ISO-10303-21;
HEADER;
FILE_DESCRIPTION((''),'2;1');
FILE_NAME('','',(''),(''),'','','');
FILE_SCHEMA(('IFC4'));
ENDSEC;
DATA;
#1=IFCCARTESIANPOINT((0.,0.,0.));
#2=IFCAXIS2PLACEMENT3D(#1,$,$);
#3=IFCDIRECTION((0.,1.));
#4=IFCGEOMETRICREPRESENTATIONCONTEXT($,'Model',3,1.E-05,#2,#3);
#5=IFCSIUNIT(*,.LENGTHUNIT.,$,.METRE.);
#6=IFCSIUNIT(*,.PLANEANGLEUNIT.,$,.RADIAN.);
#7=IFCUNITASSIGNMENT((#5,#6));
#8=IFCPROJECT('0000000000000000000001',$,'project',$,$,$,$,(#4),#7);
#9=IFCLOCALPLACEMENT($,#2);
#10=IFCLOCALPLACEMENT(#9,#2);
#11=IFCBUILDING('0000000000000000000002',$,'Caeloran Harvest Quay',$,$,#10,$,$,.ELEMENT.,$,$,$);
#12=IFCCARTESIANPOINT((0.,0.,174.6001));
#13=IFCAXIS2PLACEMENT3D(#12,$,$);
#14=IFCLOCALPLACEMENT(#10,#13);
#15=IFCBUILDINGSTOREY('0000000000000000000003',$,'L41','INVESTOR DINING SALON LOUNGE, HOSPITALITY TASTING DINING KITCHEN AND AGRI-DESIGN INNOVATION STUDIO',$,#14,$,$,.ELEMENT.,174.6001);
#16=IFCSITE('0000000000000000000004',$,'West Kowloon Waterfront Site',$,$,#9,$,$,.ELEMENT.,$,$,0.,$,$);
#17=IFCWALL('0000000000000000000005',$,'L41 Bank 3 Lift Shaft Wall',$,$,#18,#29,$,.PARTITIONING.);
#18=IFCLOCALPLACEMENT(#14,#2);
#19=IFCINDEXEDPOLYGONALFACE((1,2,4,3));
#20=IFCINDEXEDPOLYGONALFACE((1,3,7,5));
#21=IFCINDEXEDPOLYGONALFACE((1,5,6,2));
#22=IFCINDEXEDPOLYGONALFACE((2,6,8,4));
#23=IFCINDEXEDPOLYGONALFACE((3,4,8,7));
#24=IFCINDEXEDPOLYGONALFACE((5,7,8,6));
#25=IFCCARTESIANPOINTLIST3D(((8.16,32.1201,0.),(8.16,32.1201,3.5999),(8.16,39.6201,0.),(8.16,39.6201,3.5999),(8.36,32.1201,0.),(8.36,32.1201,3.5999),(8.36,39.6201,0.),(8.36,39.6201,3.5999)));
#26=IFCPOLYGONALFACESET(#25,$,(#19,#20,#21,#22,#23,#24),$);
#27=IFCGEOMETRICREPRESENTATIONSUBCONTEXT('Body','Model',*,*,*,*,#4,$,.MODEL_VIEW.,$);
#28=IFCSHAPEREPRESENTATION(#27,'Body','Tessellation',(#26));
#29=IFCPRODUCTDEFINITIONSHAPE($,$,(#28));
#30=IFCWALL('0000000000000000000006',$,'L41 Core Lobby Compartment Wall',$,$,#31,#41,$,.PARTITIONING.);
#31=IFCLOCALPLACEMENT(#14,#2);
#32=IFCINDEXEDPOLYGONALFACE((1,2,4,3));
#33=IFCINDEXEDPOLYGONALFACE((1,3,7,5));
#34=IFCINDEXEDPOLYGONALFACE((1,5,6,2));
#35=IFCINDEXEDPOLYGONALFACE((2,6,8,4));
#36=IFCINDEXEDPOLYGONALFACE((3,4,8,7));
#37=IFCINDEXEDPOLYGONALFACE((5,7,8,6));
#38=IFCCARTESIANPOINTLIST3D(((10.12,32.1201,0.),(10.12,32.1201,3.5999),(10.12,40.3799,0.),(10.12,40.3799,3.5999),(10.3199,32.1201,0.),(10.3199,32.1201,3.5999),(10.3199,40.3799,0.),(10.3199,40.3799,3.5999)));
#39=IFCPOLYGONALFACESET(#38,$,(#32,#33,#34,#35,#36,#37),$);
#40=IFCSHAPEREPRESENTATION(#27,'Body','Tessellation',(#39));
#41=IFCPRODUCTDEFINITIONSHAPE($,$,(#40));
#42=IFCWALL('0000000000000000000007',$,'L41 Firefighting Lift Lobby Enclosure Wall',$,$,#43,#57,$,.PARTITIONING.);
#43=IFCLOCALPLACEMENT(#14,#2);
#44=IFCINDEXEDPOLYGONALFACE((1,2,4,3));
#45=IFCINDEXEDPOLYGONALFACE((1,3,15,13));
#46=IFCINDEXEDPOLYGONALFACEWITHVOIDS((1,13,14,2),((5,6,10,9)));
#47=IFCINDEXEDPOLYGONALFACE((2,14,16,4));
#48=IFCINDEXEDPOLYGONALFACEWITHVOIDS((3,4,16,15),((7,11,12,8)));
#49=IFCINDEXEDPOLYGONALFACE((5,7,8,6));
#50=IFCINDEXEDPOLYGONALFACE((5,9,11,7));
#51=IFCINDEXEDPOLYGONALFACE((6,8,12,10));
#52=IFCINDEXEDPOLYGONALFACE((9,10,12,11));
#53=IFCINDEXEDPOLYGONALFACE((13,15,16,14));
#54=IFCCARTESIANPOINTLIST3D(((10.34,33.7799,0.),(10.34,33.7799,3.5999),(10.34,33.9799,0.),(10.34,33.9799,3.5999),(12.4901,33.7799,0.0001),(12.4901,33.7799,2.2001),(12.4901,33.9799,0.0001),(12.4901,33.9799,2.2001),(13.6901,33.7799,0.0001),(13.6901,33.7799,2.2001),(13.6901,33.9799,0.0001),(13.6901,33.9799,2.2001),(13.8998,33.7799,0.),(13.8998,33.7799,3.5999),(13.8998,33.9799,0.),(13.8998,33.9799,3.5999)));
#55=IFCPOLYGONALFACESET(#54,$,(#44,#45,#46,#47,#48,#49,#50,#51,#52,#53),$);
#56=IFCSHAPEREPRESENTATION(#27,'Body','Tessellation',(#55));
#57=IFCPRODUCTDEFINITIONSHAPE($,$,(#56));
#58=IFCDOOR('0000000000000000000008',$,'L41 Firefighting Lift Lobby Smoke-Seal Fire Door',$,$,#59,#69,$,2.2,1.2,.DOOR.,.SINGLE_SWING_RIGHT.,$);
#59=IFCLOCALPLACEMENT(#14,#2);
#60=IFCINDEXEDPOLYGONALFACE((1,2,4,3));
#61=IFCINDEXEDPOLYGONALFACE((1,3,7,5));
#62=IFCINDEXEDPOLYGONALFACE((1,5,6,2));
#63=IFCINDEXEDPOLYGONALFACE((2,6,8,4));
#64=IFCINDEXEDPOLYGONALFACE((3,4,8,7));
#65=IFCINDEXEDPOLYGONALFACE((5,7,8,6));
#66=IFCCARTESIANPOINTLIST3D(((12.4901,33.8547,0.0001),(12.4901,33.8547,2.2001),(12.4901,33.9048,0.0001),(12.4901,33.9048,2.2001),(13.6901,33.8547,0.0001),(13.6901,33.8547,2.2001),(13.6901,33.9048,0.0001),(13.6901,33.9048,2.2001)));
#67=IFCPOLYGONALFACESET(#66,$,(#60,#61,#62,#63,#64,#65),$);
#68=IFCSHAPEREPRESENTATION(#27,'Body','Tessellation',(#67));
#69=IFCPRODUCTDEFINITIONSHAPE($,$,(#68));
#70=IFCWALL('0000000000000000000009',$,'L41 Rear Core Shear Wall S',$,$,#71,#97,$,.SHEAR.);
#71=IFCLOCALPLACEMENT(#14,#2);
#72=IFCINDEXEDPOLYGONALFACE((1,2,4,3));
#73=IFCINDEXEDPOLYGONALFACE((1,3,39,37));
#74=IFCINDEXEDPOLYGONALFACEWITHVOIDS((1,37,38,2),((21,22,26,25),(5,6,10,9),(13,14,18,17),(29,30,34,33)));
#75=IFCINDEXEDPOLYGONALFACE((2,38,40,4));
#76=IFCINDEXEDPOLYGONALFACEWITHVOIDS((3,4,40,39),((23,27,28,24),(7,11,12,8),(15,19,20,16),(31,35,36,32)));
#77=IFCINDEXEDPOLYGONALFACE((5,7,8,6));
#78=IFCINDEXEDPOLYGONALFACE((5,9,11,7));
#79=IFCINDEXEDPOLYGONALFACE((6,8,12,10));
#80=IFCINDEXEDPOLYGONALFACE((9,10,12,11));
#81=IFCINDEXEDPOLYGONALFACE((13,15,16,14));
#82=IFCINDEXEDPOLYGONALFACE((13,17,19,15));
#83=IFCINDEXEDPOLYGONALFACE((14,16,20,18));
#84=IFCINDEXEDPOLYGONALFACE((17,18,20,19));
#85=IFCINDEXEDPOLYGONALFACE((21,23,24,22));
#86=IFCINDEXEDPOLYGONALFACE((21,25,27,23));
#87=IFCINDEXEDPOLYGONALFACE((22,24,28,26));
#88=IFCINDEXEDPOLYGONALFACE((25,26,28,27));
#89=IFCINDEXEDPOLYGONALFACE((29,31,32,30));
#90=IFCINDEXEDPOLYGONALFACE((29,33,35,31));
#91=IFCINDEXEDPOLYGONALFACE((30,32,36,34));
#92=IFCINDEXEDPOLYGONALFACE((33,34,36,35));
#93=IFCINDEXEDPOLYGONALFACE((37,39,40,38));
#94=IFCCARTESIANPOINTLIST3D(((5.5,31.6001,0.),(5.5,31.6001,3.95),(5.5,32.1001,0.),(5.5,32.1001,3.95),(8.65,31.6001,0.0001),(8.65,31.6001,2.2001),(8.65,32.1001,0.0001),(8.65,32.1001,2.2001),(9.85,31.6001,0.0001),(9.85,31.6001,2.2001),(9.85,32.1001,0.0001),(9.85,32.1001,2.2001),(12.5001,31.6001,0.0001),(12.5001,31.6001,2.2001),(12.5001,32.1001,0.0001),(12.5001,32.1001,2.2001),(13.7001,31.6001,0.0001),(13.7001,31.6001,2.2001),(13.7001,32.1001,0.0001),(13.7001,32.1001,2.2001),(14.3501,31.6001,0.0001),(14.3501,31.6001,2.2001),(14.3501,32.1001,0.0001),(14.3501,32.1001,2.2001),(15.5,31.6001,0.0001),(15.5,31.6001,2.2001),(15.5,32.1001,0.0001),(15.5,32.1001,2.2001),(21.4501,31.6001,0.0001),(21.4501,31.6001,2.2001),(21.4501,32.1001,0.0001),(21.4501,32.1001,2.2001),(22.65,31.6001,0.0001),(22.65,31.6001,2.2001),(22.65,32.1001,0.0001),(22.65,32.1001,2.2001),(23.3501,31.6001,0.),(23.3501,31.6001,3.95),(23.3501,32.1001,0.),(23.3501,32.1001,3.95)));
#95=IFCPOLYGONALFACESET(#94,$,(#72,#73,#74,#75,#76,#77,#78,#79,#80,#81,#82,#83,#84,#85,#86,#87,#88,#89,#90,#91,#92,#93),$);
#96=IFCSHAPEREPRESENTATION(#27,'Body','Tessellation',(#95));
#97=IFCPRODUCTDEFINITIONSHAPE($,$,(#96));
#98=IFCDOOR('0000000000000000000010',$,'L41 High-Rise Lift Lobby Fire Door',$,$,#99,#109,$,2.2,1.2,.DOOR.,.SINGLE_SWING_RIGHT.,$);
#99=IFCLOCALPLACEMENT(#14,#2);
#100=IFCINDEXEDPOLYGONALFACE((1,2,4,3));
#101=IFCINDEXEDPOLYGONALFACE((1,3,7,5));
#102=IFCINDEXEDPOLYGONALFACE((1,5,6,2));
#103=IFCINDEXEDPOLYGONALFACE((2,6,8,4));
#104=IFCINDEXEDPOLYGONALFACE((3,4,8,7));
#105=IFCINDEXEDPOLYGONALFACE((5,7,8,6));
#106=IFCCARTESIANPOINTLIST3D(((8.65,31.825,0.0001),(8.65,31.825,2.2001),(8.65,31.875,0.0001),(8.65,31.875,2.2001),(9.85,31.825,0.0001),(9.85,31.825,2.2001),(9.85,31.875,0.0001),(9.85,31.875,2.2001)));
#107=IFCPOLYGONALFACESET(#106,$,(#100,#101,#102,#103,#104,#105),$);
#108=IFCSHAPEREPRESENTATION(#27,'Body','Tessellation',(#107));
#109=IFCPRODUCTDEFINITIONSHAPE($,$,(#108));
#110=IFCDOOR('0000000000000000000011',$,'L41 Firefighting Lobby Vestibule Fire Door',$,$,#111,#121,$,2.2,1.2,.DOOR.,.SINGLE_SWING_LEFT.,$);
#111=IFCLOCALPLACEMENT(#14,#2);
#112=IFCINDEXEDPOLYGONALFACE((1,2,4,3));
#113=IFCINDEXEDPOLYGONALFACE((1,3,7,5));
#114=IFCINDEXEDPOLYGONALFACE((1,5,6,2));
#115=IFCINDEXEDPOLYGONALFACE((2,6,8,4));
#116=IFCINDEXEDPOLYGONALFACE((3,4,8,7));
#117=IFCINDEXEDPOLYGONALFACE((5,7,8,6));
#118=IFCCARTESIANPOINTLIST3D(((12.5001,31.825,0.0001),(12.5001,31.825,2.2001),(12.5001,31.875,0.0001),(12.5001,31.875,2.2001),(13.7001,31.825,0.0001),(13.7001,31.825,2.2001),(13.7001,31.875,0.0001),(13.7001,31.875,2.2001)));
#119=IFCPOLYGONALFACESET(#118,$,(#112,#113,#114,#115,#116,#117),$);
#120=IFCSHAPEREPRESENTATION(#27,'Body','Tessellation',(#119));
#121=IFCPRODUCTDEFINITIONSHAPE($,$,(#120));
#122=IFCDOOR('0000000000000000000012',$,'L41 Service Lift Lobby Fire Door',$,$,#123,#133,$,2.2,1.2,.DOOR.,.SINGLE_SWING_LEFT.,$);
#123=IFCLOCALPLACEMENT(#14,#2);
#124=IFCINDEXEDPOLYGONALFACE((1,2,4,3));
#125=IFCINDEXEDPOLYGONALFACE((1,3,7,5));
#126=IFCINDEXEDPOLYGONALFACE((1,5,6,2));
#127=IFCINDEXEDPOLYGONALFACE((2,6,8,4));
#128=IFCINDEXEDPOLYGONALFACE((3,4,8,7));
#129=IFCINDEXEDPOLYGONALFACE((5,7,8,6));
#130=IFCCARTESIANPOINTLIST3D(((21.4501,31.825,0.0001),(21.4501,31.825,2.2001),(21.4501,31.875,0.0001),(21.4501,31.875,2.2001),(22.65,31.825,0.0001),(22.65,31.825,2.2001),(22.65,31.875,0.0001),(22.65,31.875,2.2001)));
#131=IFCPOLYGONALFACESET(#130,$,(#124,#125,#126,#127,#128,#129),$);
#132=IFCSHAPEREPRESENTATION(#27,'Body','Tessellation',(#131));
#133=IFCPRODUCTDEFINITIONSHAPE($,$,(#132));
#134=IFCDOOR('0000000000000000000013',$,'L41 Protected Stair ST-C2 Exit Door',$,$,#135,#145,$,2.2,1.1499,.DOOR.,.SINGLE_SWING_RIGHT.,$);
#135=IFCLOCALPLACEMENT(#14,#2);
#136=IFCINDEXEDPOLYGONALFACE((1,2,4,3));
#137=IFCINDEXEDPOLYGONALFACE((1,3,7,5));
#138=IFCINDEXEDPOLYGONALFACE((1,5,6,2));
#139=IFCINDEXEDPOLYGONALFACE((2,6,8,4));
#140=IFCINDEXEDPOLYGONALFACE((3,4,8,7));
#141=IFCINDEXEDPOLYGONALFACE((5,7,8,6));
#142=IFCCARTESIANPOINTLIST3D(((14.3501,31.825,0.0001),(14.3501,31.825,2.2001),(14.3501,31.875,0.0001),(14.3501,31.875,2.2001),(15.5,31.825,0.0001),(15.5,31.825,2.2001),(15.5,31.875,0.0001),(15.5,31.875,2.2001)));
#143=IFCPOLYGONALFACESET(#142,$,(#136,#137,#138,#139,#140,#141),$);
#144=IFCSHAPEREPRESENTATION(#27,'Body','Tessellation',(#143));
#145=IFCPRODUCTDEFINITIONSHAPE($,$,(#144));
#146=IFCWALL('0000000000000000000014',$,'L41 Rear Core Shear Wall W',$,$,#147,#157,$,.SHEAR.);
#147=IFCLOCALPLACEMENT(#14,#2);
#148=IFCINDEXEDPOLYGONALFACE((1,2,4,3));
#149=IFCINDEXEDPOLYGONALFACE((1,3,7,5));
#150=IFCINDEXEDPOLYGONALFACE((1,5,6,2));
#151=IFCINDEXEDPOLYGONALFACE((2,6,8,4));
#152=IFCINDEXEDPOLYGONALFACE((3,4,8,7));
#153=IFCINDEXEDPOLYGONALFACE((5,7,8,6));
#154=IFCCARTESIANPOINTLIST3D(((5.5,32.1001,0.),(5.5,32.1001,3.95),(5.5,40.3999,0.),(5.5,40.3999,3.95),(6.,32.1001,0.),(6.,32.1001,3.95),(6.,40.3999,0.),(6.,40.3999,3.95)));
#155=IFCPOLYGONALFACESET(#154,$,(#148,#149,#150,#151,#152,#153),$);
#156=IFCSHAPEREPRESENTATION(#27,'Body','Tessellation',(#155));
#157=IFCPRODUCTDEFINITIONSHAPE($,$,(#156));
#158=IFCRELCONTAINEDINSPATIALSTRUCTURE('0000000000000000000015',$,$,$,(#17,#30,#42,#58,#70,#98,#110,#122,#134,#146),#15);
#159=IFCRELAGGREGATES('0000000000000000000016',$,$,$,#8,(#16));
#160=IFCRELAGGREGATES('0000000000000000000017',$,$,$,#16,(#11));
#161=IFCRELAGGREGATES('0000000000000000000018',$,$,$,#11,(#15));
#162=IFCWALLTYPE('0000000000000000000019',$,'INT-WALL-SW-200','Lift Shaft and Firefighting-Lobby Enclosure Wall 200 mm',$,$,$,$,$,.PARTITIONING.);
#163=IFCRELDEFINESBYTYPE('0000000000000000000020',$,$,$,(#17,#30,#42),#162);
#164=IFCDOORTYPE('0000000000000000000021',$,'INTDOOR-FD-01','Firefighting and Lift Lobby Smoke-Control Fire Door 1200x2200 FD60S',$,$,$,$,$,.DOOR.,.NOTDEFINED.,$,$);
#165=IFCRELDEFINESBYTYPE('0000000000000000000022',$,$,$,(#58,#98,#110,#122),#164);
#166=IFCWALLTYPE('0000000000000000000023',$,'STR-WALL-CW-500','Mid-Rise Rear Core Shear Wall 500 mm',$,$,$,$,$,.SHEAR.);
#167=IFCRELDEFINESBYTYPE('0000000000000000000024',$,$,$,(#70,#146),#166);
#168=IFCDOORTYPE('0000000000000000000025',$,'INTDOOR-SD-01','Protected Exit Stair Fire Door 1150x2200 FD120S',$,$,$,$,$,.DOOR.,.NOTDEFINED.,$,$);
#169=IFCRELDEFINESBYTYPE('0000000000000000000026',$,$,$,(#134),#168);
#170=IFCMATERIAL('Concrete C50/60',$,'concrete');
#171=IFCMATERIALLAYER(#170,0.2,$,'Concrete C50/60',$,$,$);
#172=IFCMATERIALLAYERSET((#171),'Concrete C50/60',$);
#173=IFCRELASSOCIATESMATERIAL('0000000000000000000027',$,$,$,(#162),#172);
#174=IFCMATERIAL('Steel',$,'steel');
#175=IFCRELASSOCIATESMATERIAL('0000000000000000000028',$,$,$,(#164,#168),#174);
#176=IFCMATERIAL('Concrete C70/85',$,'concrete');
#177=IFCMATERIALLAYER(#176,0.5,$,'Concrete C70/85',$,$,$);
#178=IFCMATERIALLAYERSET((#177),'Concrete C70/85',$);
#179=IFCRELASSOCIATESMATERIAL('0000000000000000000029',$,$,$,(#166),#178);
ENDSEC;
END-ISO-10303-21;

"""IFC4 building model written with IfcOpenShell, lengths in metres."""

from ifc_helpers import new_model, si_unit, direction, frame, frame_2d, origin, place, context, subcontext, project, spatial, rectangle, extrude, material, layer, layer_set, type_object, element, fill, save


model = new_model("IFC4")

# Units and contexts
model_context = context("Model", 3, precision=1e-05, world=origin(), true_north=direction((0.0, 1.0)))
body_context = subcontext(model_context, "Body", "Model", "MODEL_VIEW")
ifc_project = project(units=[si_unit("LENGTHUNIT", "METRE"), si_unit("PLANEANGLEUNIT", "RADIAN")], contexts=[model_context])

# Site, building, storey
site_placement = place(None, origin())
site = spatial("IfcSite", under=ifc_project, at=site_placement, Name="West Kowloon Waterfront Site", CompositionType="ELEMENT", RefElevation=0.0)
building_placement = place(site_placement, origin())
building = spatial("IfcBuilding", under=site, at=building_placement, Name="Caeloran Harvest Quay", CompositionType="ELEMENT")
storey_placement = place(building_placement, frame((0.0, 0.0, 174.6001)))
storey = spatial("IfcBuildingStorey", under=building, at=storey_placement, Name="L41", Description="INVESTOR DINING SALON LOUNGE, HOSPITALITY TASTING DINING KITCHEN AND AGRI-DESIGN INNOVATION STUDIO", CompositionType="ELEMENT", Elevation=174.6001)

# Shared definitions
ifc_material_1 = material(Name="Concrete C70/85", Category="concrete")

# Walls
ifc_material_2 = material(Name="Concrete C50/60", Category="concrete")
ifc_layer_1 = layer(ifc_material_2, 0.2, Name="Concrete C50/60")
ifc_layer_set_1 = layer_set([ifc_layer_1], Name="Concrete C50/60")
wall_type_1 = type_object("IfcWallType", Name="INT-WALL-SW-200", Description="Lift Shaft and Firefighting-Lobby Enclosure Wall 200 mm", PredefinedType="PARTITIONING", material=ifc_layer_set_1)
wall_1_placement = place(storey_placement, frame((8.26, 32.1201, 0.0), z_axis=(0.0, 0.0, 1.0), x_axis=(0.0, 1.0, 0.0)))
element("IfcWall", 1, at=wall_1_placement, inside=storey, type_object=wall_type_1, Name="L41 Bank 3 Lift Shaft Wall", PredefinedType="PARTITIONING", context=body_context, shape_type="SweptSolid", body=[
    extrude(rectangle(XDim=7.5, YDim=0.2, at=frame_2d((3.75, 0.0))), origin(), (0.0, 0.0, 1.0), 3.5999),
])
wall_2_placement = place(storey_placement, frame((10.22, 32.1201, 0.0), z_axis=(0.0, 0.0, 1.0), x_axis=(0.0, 1.0, 0.0)))
element("IfcWall", 2, at=wall_2_placement, inside=storey, type_object=wall_type_1, Name="L41 Core Lobby Compartment Wall", PredefinedType="PARTITIONING", context=body_context, shape_type="SweptSolid", body=[
    extrude(rectangle(XDim=8.2598, YDim=0.2, at=frame_2d((4.1299, 0.0))), origin(), (0.0, 0.0, 1.0), 3.5999),
])

# Wall, opening, door
wall_3_placement = place(storey_placement, frame((10.3401, 33.8799, 0.0), z_axis=(0.0, 0.0, 1.0), x_axis=(1.0, 0.0, 0.0)))
wall_3 = element("IfcWall", 3, at=wall_3_placement, inside=storey, type_object=wall_type_1, Name="L41 Firefighting Lift Lobby Enclosure Wall", PredefinedType="PARTITIONING", context=body_context, shape_type="SweptSolid", body=[
    extrude(rectangle(XDim=3.5598, YDim=0.2, at=frame_2d((1.7798, 0.0))), origin(), (0.0, 0.0, 1.0), 3.5999),
])
opening_1_placement = place(wall_3_placement, frame((2.1499, 0.0, 0.0)))
opening_1 = element("IfcOpeningElement", 4, at=opening_1_placement, cuts=wall_3, PredefinedType="OPENING", context=body_context, shape_type="SweptSolid", body=[
    extrude(rectangle(XDim=1.2, YDim=2.2, at=frame_2d((0.6001, 1.1001))), frame((0.0, 0.1099, 0.0), z_axis=(0.0, -1.0, 0.0), x_axis=(1.0, 0.0, 0.0)), (0.0, 0.0, 1.0), 0.22),
])
ifc_material_3 = material(Name="Steel", Category="steel")
door_type_1 = type_object("IfcDoorType", Name="INTDOOR-FD-01", Description="Firefighting and Lift Lobby Smoke-Control Fire Door 1200x2200 FD60S", OperationType="NOTDEFINED", PredefinedType="DOOR", material=ifc_material_3)
door_1_placement = place(opening_1_placement, origin())
door_1 = element("IfcDoor", 5, at=door_1_placement, inside=storey, type_object=door_type_1, Name="L41 Firefighting Lift Lobby Smoke-Seal Fire Door", OperationType="SINGLE_SWING_RIGHT", OverallHeight=2.2, OverallWidth=1.2, PredefinedType="DOOR", context=body_context, shape_type="SweptSolid", body=[
    extrude(rectangle(XDim=1.2, YDim=2.2, at=frame_2d((0.6001, 1.1001))), frame((0.0, 0.0249, 0.0), z_axis=(0.0, -1.0, 0.0), x_axis=(1.0, 0.0, 0.0)), (0.0, 0.0, 1.0), 0.05),
])
fill(opening_1, door_1)

# Wall, openings, doors
ifc_layer_2 = layer(ifc_material_1, 0.5, Name="Concrete C70/85")
ifc_layer_set_2 = layer_set([ifc_layer_2], Name="Concrete C70/85")
wall_type_2 = type_object("IfcWallType", Name="STR-WALL-CW-500", Description="Mid-Rise Rear Core Shear Wall 500 mm", PredefinedType="SHEAR", material=ifc_layer_set_2)
wall_4_placement = place(storey_placement, frame((5.5, 31.8501, 0.0), z_axis=(0.0, 0.0, 1.0), x_axis=(1.0, 0.0, 0.0)))
wall_4 = element("IfcWall", 6, at=wall_4_placement, inside=storey, type_object=wall_type_2, Name="L41 Rear Core Shear Wall S", PredefinedType="SHEAR", context=body_context, shape_type="SweptSolid", body=[
    extrude(rectangle(XDim=17.8501, YDim=0.5, at=frame_2d((8.925, 0.0))), origin(), (0.0, 0.0, 1.0), 3.95),
])
opening_2_placement = place(wall_4_placement, frame((3.1499, 0.0, 0.0)))
opening_2 = element("IfcOpeningElement", 7, at=opening_2_placement, cuts=wall_4, PredefinedType="OPENING", context=body_context, shape_type="SweptSolid", body=[
    extrude(rectangle(XDim=1.2, YDim=2.2, at=frame_2d((0.6001, 1.1001))), frame((0.0, 0.26, 0.0), z_axis=(0.0, -1.0, 0.0), x_axis=(1.0, 0.0, 0.0)), (0.0, 0.0, 1.0), 0.52),
])
opening_3_placement = place(wall_4_placement, frame((7.0, 0.0, 0.0)))
opening_3 = element("IfcOpeningElement", 8, at=opening_3_placement, cuts=wall_4, PredefinedType="OPENING", context=body_context, shape_type="SweptSolid", body=[
    extrude(rectangle(XDim=1.2, YDim=2.2, at=frame_2d((0.6001, 1.1001))), frame((0.0, 0.26, 0.0), z_axis=(0.0, -1.0, 0.0), x_axis=(1.0, 0.0, 0.0)), (0.0, 0.0, 1.0), 0.52),
])
opening_4_placement = place(wall_4_placement, frame((8.8501, 0.0, 0.0)))
opening_4 = element("IfcOpeningElement", 9, at=opening_4_placement, cuts=wall_4, PredefinedType="OPENING", context=body_context, shape_type="SweptSolid", body=[
    extrude(rectangle(XDim=1.1499, YDim=2.2, at=frame_2d((0.575, 1.1001))), frame((0.0, 0.26, 0.0), z_axis=(0.0, -1.0, 0.0), x_axis=(1.0, 0.0, 0.0)), (0.0, 0.0, 1.0), 0.52),
])
opening_5_placement = place(wall_4_placement, frame((15.95, 0.0, 0.0)))
opening_5 = element("IfcOpeningElement", 10, at=opening_5_placement, cuts=wall_4, PredefinedType="OPENING", context=body_context, shape_type="SweptSolid", body=[
    extrude(rectangle(XDim=1.2, YDim=2.2, at=frame_2d((0.6001, 1.1001))), frame((0.0, 0.26, 0.0), z_axis=(0.0, -1.0, 0.0), x_axis=(1.0, 0.0, 0.0)), (0.0, 0.0, 1.0), 0.52),
])
door_2_placement = place(opening_2_placement, origin())
door_2 = element("IfcDoor", 11, at=door_2_placement, inside=storey, type_object=door_type_1, Name="L41 High-Rise Lift Lobby Fire Door", OperationType="SINGLE_SWING_RIGHT", OverallHeight=2.2, OverallWidth=1.2, PredefinedType="DOOR", context=body_context, shape_type="SweptSolid", body=[
    extrude(rectangle(XDim=1.2, YDim=2.2, at=frame_2d((0.6001, 1.1001))), frame((0.0, 0.0249, 0.0), z_axis=(0.0, -1.0, 0.0), x_axis=(1.0, 0.0, 0.0)), (0.0, 0.0, 1.0), 0.05),
])
fill(opening_2, door_2)
door_3_placement = place(opening_3_placement, origin())
door_3 = element("IfcDoor", 12, at=door_3_placement, inside=storey, type_object=door_type_1, Name="L41 Firefighting Lobby Vestibule Fire Door", OperationType="SINGLE_SWING_LEFT", OverallHeight=2.2, OverallWidth=1.2, PredefinedType="DOOR", context=body_context, shape_type="SweptSolid", body=[
    extrude(rectangle(XDim=1.2, YDim=2.2, at=frame_2d((0.6001, 1.1001))), frame((0.0, 0.0249, 0.0), z_axis=(0.0, -1.0, 0.0), x_axis=(1.0, 0.0, 0.0)), (0.0, 0.0, 1.0), 0.05),
])
fill(opening_3, door_3)
door_4_placement = place(opening_5_placement, origin())
door_4 = element("IfcDoor", 13, at=door_4_placement, inside=storey, type_object=door_type_1, Name="L41 Service Lift Lobby Fire Door", OperationType="SINGLE_SWING_LEFT", OverallHeight=2.2, OverallWidth=1.2, PredefinedType="DOOR", context=body_context, shape_type="SweptSolid", body=[
    extrude(rectangle(XDim=1.2, YDim=2.2, at=frame_2d((0.6001, 1.1001))), frame((0.0, 0.0249, 0.0), z_axis=(0.0, -1.0, 0.0), x_axis=(1.0, 0.0, 0.0)), (0.0, 0.0, 1.0), 0.05),
])
fill(opening_5, door_4)
door_type_2 = type_object("IfcDoorType", Name="INTDOOR-SD-01", Description="Protected Exit Stair Fire Door 1150x2200 FD120S", OperationType="NOTDEFINED", PredefinedType="DOOR", material=ifc_material_3)
door_5_placement = place(opening_4_placement, origin())
door_5 = element("IfcDoor", 14, at=door_5_placement, inside=storey, type_object=door_type_2, Name="L41 Protected Stair ST-C2 Exit Door", OperationType="SINGLE_SWING_RIGHT", OverallHeight=2.2, OverallWidth=1.1499, PredefinedType="DOOR", context=body_context, shape_type="SweptSolid", body=[
    extrude(rectangle(XDim=1.1499, YDim=2.2, at=frame_2d((0.575, 1.1001))), frame((0.0, 0.0249, 0.0), z_axis=(0.0, -1.0, 0.0), x_axis=(1.0, 0.0, 0.0)), (0.0, 0.0, 1.0), 0.05),
])
fill(opening_4, door_5)

# Wall
wall_5_placement = place(storey_placement, frame((5.75, 32.1001, 0.0), z_axis=(0.0, 0.0, 1.0), x_axis=(0.0, 1.0, 0.0)))
element("IfcWall", 15, at=wall_5_placement, inside=storey, type_object=wall_type_2, Name="L41 Rear Core Shear Wall W", PredefinedType="SHEAR", context=body_context, shape_type="SweptSolid", body=[
    extrude(rectangle(XDim=8.2998, YDim=0.5, at=frame_2d((4.1499, 0.0))), origin(), (0.0, 0.0, 1.0), 3.95),
])

save(model, "model.ifc")
